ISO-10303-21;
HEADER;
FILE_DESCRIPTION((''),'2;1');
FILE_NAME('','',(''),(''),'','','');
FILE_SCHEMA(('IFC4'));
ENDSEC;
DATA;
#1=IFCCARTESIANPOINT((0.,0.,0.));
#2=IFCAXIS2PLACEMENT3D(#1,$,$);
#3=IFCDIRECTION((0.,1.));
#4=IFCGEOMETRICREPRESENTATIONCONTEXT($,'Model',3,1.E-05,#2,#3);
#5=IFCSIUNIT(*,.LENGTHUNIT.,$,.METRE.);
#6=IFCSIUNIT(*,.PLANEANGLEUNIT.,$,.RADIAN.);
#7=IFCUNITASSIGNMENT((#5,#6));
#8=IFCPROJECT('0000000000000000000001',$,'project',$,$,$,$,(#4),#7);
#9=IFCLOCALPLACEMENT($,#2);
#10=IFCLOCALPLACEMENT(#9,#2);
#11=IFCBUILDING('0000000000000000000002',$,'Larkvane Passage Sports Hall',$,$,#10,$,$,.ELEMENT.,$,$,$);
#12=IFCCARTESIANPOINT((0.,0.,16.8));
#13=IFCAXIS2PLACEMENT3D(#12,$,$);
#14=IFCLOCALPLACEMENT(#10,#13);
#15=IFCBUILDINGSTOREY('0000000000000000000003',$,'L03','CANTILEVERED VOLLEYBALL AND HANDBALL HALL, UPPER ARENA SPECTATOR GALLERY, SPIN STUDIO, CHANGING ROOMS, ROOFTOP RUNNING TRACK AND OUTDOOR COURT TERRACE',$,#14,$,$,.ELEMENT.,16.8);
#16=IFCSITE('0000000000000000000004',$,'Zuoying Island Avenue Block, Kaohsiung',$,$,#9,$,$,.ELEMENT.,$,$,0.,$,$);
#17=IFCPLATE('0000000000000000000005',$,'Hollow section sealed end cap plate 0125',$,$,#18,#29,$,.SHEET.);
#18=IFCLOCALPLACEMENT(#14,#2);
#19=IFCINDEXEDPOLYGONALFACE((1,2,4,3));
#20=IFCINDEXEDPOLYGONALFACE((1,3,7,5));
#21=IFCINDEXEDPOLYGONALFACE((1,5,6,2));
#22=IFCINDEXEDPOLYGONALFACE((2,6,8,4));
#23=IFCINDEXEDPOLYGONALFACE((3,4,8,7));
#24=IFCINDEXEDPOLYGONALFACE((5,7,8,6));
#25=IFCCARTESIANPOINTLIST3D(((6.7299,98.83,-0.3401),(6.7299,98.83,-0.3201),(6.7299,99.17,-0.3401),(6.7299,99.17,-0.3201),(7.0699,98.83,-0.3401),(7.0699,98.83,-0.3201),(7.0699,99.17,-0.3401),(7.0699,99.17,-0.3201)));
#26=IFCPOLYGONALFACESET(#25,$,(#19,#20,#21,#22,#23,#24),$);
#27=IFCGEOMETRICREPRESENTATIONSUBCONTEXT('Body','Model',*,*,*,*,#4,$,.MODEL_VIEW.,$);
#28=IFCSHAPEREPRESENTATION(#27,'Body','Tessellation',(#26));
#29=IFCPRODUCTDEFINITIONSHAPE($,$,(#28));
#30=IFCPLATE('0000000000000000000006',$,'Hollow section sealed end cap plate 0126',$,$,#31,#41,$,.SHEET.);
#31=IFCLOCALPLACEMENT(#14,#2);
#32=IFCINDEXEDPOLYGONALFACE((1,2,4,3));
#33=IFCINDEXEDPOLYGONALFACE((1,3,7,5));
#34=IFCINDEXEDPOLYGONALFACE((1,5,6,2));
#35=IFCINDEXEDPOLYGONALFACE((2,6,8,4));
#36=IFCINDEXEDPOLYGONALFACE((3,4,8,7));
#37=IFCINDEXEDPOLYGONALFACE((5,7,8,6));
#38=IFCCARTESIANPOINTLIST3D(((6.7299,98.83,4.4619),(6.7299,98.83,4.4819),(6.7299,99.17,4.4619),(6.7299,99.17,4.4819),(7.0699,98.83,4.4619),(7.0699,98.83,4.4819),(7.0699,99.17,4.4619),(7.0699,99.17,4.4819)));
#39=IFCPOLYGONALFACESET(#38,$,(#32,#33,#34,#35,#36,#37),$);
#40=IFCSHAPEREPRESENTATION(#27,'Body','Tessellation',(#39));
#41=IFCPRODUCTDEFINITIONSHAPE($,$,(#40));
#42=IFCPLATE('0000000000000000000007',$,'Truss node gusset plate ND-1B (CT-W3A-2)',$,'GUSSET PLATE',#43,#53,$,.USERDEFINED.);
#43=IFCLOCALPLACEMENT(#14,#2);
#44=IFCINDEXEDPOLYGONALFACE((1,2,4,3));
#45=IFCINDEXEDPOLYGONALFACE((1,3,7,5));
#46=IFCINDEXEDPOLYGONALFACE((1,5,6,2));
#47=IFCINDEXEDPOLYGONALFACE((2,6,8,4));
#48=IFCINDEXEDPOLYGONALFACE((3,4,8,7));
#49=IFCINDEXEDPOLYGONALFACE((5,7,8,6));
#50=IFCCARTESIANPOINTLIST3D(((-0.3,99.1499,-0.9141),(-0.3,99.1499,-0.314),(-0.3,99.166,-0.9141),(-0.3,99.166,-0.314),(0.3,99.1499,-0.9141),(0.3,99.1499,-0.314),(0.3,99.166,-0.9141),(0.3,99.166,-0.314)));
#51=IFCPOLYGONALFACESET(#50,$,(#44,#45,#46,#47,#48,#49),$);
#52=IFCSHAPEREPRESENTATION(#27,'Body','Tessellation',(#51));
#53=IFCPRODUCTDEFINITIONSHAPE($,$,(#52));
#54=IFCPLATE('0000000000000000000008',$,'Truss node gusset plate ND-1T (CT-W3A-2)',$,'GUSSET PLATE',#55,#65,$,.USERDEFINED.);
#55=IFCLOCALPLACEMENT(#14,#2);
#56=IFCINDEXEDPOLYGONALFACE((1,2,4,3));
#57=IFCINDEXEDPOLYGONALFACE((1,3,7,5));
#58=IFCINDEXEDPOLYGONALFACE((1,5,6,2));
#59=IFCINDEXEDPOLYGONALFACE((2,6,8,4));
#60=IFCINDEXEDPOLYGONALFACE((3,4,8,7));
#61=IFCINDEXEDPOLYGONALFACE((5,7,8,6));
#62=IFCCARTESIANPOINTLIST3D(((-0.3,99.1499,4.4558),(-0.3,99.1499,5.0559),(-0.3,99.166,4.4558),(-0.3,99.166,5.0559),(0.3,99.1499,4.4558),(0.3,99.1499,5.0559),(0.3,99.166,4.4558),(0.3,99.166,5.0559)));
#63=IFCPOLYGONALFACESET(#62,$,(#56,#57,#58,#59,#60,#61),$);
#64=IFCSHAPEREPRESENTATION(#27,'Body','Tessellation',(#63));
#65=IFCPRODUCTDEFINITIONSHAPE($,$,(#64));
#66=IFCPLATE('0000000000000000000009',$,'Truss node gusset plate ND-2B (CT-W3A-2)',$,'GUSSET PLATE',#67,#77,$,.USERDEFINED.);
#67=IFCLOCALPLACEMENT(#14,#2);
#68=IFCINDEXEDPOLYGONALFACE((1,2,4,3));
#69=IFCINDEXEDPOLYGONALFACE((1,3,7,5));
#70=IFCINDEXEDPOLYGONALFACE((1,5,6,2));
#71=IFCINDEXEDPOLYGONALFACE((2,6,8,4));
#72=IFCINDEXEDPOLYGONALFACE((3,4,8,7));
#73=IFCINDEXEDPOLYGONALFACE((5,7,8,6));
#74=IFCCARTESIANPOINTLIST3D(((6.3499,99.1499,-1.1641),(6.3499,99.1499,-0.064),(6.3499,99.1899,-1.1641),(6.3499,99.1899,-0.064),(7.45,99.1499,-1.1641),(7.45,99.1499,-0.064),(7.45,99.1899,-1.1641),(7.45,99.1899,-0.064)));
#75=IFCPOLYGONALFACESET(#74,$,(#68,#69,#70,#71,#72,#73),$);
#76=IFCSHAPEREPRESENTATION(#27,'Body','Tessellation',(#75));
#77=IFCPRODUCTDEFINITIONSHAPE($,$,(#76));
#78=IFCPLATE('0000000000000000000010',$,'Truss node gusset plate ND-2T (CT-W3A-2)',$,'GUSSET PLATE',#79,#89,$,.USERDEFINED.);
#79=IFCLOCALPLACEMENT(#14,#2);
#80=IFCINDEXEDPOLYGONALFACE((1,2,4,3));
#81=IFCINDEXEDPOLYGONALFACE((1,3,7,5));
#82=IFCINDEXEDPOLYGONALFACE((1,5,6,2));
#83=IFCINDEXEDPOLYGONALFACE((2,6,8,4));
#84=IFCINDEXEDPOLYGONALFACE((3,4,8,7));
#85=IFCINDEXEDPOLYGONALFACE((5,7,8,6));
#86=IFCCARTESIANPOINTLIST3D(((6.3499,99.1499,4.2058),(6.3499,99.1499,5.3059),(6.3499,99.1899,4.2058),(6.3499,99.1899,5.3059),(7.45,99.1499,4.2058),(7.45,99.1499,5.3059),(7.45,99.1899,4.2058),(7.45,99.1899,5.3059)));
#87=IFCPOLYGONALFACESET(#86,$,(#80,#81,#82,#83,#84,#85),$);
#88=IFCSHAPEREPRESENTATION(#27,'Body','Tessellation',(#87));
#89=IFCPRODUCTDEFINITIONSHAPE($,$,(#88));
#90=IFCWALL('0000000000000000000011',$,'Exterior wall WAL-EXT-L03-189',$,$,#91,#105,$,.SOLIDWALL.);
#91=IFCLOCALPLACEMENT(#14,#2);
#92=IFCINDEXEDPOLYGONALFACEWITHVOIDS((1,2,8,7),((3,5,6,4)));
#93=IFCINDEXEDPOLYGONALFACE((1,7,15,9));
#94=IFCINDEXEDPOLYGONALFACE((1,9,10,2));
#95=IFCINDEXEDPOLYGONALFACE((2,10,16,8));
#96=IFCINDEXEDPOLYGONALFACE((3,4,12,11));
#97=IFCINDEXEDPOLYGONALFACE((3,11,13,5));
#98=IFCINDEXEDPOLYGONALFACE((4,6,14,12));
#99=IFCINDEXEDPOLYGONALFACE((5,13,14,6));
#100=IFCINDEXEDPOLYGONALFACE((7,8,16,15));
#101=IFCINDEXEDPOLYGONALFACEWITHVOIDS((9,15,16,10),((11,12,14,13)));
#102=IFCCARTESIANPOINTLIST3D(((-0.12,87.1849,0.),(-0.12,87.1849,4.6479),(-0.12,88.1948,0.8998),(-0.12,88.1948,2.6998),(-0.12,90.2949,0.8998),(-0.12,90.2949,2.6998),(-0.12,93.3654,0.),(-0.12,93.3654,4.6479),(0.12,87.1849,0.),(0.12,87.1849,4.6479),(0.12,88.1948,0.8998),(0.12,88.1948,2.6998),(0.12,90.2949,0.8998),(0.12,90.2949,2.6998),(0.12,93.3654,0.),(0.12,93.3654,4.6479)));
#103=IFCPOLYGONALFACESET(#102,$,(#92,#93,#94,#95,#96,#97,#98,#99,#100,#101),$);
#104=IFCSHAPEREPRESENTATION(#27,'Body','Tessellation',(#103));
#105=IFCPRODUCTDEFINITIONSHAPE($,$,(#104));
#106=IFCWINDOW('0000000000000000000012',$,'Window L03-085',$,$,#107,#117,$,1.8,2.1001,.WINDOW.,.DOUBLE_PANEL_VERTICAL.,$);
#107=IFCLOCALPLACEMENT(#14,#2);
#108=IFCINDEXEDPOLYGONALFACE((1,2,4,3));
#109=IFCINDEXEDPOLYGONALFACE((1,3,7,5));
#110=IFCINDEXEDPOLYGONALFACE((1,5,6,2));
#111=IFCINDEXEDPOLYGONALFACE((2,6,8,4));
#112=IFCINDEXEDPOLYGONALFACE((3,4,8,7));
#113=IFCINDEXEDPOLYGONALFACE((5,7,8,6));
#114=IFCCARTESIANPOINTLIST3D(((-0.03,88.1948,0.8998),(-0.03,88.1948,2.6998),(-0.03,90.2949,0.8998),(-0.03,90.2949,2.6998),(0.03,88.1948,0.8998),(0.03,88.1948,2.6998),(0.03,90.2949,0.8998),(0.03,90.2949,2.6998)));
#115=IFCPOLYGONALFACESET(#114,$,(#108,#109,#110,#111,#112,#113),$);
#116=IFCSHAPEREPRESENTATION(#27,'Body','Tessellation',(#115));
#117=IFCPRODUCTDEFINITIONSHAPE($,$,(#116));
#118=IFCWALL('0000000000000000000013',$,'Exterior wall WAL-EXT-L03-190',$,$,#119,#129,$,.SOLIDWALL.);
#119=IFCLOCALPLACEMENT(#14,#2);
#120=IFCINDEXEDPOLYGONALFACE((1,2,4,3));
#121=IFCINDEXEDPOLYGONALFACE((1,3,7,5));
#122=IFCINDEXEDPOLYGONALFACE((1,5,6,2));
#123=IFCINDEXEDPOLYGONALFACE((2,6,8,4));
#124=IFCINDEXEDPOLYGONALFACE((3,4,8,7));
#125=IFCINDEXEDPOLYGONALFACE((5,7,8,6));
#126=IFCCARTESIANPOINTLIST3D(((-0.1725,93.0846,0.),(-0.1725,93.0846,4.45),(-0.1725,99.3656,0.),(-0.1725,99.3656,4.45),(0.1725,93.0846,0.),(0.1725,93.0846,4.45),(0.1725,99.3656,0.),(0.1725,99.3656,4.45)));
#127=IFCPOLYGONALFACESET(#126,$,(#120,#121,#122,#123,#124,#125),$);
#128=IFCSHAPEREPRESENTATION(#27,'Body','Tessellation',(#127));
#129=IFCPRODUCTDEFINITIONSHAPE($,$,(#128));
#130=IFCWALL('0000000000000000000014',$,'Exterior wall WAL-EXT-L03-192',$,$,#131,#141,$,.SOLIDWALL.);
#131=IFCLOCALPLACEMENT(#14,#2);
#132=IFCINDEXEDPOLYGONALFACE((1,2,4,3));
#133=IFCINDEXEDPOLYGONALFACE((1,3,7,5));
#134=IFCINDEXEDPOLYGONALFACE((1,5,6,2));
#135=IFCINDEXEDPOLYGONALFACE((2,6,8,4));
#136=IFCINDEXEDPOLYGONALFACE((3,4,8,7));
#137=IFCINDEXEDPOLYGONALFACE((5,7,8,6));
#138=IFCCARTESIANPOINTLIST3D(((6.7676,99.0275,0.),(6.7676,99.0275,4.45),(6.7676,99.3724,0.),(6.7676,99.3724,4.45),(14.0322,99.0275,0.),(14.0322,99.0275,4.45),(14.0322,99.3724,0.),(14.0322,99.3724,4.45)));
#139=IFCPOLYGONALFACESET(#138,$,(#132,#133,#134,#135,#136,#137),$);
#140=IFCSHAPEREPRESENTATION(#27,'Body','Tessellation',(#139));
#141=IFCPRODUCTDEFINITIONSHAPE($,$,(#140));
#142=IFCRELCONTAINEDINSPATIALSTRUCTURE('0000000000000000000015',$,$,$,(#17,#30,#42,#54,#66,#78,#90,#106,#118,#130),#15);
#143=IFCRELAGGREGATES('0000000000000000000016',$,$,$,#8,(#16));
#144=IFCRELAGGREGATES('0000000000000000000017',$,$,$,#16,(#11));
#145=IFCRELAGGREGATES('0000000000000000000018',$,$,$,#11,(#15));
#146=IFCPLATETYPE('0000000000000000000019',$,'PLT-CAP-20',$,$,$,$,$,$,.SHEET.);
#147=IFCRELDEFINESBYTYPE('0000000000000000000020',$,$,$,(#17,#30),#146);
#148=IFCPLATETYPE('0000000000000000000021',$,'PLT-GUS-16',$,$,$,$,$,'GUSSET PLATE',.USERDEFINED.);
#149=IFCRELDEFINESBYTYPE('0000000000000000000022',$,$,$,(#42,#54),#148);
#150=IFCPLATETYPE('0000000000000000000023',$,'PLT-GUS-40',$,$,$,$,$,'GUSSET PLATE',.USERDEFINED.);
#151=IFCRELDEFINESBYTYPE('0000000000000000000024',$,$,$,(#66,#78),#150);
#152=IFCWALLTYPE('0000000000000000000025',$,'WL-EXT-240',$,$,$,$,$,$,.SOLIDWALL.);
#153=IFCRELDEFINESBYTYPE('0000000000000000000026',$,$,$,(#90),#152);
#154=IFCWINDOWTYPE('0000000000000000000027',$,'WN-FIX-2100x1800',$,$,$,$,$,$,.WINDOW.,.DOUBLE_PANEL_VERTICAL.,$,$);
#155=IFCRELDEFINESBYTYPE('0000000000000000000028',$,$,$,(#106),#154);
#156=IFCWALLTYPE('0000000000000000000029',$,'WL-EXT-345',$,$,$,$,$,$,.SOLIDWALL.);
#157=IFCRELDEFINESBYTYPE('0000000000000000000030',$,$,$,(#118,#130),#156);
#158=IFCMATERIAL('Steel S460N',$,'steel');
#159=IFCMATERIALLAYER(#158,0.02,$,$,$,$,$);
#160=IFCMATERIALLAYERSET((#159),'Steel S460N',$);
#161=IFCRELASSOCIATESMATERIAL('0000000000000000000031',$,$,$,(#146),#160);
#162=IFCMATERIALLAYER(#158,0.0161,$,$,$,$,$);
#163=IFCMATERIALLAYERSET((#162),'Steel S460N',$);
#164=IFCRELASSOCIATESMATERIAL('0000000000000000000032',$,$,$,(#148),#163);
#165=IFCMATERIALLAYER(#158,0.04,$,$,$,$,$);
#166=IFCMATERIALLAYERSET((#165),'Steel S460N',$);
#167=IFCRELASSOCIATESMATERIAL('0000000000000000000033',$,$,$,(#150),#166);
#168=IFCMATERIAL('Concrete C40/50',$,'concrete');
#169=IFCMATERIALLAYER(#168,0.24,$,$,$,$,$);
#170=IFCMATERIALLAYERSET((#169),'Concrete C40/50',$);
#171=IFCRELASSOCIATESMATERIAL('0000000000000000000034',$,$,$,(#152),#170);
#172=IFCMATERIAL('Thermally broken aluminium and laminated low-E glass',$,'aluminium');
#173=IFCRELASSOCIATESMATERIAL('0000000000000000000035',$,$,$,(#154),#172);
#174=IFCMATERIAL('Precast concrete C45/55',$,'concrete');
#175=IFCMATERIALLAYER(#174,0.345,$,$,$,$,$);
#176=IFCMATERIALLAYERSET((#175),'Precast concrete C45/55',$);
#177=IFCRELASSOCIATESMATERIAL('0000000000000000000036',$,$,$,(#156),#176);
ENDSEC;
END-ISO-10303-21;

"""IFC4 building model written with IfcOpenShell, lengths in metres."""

from ifc_helpers import new_model, si_unit, direction, frame, frame_2d, origin, origin_2d, place, context, subcontext, project, spatial, rectangle, extrude, material, layer, layer_set, type_object, element, fill, save


model = new_model("IFC4")

# Units and contexts
model_context = context("Model", 3, precision=1e-05, world=origin(), true_north=direction((0.0, 1.0)))
body_context = subcontext(model_context, "Body", "Model", "MODEL_VIEW")
ifc_project = project(units=[si_unit("LENGTHUNIT", "METRE"), si_unit("PLANEANGLEUNIT", "RADIAN")], contexts=[model_context])

# Site, building, storey
site_placement = place(None, origin())
site = spatial("IfcSite", under=ifc_project, at=site_placement, Name="Zuoying Island Avenue Block, Kaohsiung", CompositionType="ELEMENT", RefElevation=0.0)
building_placement = place(site_placement, origin())
building = spatial("IfcBuilding", under=site, at=building_placement, Name="Larkvane Passage Sports Hall", CompositionType="ELEMENT")
storey_placement = place(building_placement, frame((0.0, 0.0, 16.8)))
storey = spatial("IfcBuildingStorey", under=building, at=storey_placement, Name="L03", Description="CANTILEVERED VOLLEYBALL AND HANDBALL HALL, UPPER ARENA SPECTATOR GALLERY, SPIN STUDIO, CHANGING ROOMS, ROOFTOP RUNNING TRACK AND OUTDOOR COURT TERRACE", CompositionType="ELEMENT", Elevation=16.8)

# Shared definitions
ifc_material_1 = material(Name="Steel S460N", Category="steel")

# Plates
ifc_layer_1 = layer(ifc_material_1, 0.02)
ifc_layer_set_1 = layer_set([ifc_layer_1], Name="Steel S460N")
plate_type_1 = type_object("IfcPlateType", Name="PLT-CAP-20", PredefinedType="SHEET", material=ifc_layer_set_1)
for number, where, z_axis, x_axis, name in (
    (1, (6.8999, 99.0, -0.3401), (0.0, 0.0, 1.0), (1.0, 0.0, 0.0), "Hollow section sealed end cap plate 0125"),
    (2, (6.8999, 99.0, 4.4619), (0.0, 0.0, 1.0), (1.0, 0.0, 0.0), "Hollow section sealed end cap plate 0126"),
):
    element("IfcPlate", number, at=place(storey_placement, frame(where, z_axis=z_axis, x_axis=x_axis)), inside=storey, type_object=plate_type_1, Name=name, PredefinedType="SHEET", context=body_context, shape_type="SweptSolid", body=[
        extrude(rectangle(XDim=0.3401, YDim=0.3401, at=origin_2d()), origin(), (0.0, 0.0, 1.0), 0.02),
    ])
ifc_layer_2 = layer(ifc_material_1, 0.0161)
ifc_layer_set_2 = layer_set([ifc_layer_2], Name="Steel S460N")
plate_type_2 = type_object("IfcPlateType", Name="PLT-GUS-16", ElementType="GUSSET PLATE", PredefinedType="USERDEFINED", material=ifc_layer_set_2)
for number, where, z_axis, x_axis, name in (
    (3, (0.0, 99.158, -0.9141), (0.0, 0.0, 1.0), (1.0, 0.0, 0.0), "Truss node gusset plate ND-1B (CT-W3A-2)"),
    (4, (0.0, 99.158, 4.4558), (0.0, 0.0, 1.0), (1.0, 0.0, 0.0), "Truss node gusset plate ND-1T (CT-W3A-2)"),
):
    element("IfcPlate", number, at=place(storey_placement, frame(where, z_axis=z_axis, x_axis=x_axis)), inside=storey, type_object=plate_type_2, Name=name, ObjectType="GUSSET PLATE", PredefinedType="USERDEFINED", context=body_context, shape_type="SweptSolid", body=[
        extrude(rectangle(XDim=0.6001, YDim=0.0161, at=origin_2d()), origin(), (0.0, 0.0, 1.0), 0.6001),
    ])
ifc_layer_3 = layer(ifc_material_1, 0.04)
ifc_layer_set_3 = layer_set([ifc_layer_3], Name="Steel S460N")
plate_type_3 = type_object("IfcPlateType", Name="PLT-GUS-40", ElementType="GUSSET PLATE", PredefinedType="USERDEFINED", material=ifc_layer_set_3)
for number, where, z_axis, x_axis, name in (
    (5, (6.8999, 99.1699, -1.1641), (0.0, 0.0, 1.0), (1.0, 0.0, 0.0), "Truss node gusset plate ND-2B (CT-W3A-2)"),
    (6, (6.8999, 99.1699, 4.2058), (0.0, 0.0, 1.0), (1.0, 0.0, 0.0), "Truss node gusset plate ND-2T (CT-W3A-2)"),
):
    element("IfcPlate", number, at=place(storey_placement, frame(where, z_axis=z_axis, x_axis=x_axis)), inside=storey, type_object=plate_type_3, Name=name, ObjectType="GUSSET PLATE", PredefinedType="USERDEFINED", context=body_context, shape_type="SweptSolid", body=[
        extrude(rectangle(XDim=1.1001, YDim=0.04, at=origin_2d()), origin(), (0.0, 0.0, 1.0), 1.1001),
    ])

# Wall, opening, window
ifc_material_2 = material(Name="Concrete C40/50", Category="concrete")
ifc_layer_4 = layer(ifc_material_2, 0.24)
ifc_layer_set_4 = layer_set([ifc_layer_4], Name="Concrete C40/50")
wall_type_1 = type_object("IfcWallType", Name="WL-EXT-240", PredefinedType="SOLIDWALL", material=ifc_layer_set_4)
wall_1_placement = place(storey_placement, frame((0.0, 87.1848, 0.0), z_axis=(0.0, 0.0, 1.0), x_axis=(0.0, 1.0, 0.0)))
wall_1 = element("IfcWall", 7, at=wall_1_placement, inside=storey, type_object=wall_type_1, Name="Exterior wall WAL-EXT-L03-189", PredefinedType="SOLIDWALL", context=body_context, shape_type="SweptSolid", body=[
    extrude(rectangle(XDim=6.1804, YDim=0.24, at=frame_2d((3.0903, 0.0))), origin(), (0.0, 0.0, 1.0), 4.6479),
])
opening_placement = place(wall_1_placement, frame((1.01, 0.0, 0.8999)))
opening = element("IfcOpeningElement", 8, at=opening_placement, cuts=wall_1, PredefinedType="OPENING", context=body_context, shape_type="SweptSolid", body=[
    extrude(rectangle(XDim=2.1001, YDim=1.8, at=frame_2d((1.05, 0.8999))), frame((0.0, 0.1299, 0.0), z_axis=(0.0, -1.0, 0.0), x_axis=(1.0, 0.0, 0.0)), (0.0, 0.0, 1.0), 0.26),
])
ifc_material_3 = material(Name="Thermally broken aluminium and laminated low-E glass", Category="aluminium")
window_type = type_object("IfcWindowType", Name="WN-FIX-2100x1800", PartitioningType="DOUBLE_PANEL_VERTICAL", PredefinedType="WINDOW", material=ifc_material_3)
window_placement = place(opening_placement, origin())
window = element("IfcWindow", 9, at=window_placement, inside=storey, type_object=window_type, Name="Window L03-085", OverallHeight=1.8, OverallWidth=2.1001, PartitioningType="DOUBLE_PANEL_VERTICAL", PredefinedType="WINDOW", context=body_context, shape_type="SweptSolid", body=[
    extrude(rectangle(XDim=2.1001, YDim=1.8, at=frame_2d((1.05, 0.8999))), frame((0.0, 0.03, 0.0), z_axis=(0.0, -1.0, 0.0), x_axis=(1.0, 0.0, 0.0)), (0.0, 0.0, 1.0), 0.0601),
])
fill(opening, window)

# Walls
ifc_material_4 = material(Name="Precast concrete C45/55", Category="concrete")
ifc_layer_5 = layer(ifc_material_4, 0.345)
ifc_layer_set_5 = layer_set([ifc_layer_5], Name="Precast concrete C45/55")
wall_type_2 = type_object("IfcWallType", Name="WL-EXT-345", PredefinedType="SOLIDWALL", material=ifc_layer_set_5)
wall_2_placement = place(storey_placement, frame((0.0, 93.0845, 0.0), z_axis=(0.0, 0.0, 1.0), x_axis=(0.0, 1.0, 0.0)))
element("IfcWall", 10, at=wall_2_placement, inside=storey, type_object=wall_type_2, Name="Exterior wall WAL-EXT-L03-190", PredefinedType="SOLIDWALL", context=body_context, shape_type="SweptSolid", body=[
    extrude(rectangle(XDim=6.281, YDim=0.345, at=frame_2d((3.1406, 0.0))), origin(), (0.0, 0.0, 1.0), 4.45),
])
wall_3_placement = place(storey_placement, frame((6.7676, 99.2, 0.0), z_axis=(0.0, 0.0, 1.0), x_axis=(1.0, 0.0, 0.0)))
element("IfcWall", 11, at=wall_3_placement, inside=storey, type_object=wall_type_2, Name="Exterior wall WAL-EXT-L03-192", PredefinedType="SOLIDWALL", context=body_context, shape_type="SweptSolid", body=[
    extrude(rectangle(XDim=7.2646, YDim=0.345, at=frame_2d((3.6323, 0.0))), origin(), (0.0, 0.0, 1.0), 4.45),
])

save(model, "model.ifc")
